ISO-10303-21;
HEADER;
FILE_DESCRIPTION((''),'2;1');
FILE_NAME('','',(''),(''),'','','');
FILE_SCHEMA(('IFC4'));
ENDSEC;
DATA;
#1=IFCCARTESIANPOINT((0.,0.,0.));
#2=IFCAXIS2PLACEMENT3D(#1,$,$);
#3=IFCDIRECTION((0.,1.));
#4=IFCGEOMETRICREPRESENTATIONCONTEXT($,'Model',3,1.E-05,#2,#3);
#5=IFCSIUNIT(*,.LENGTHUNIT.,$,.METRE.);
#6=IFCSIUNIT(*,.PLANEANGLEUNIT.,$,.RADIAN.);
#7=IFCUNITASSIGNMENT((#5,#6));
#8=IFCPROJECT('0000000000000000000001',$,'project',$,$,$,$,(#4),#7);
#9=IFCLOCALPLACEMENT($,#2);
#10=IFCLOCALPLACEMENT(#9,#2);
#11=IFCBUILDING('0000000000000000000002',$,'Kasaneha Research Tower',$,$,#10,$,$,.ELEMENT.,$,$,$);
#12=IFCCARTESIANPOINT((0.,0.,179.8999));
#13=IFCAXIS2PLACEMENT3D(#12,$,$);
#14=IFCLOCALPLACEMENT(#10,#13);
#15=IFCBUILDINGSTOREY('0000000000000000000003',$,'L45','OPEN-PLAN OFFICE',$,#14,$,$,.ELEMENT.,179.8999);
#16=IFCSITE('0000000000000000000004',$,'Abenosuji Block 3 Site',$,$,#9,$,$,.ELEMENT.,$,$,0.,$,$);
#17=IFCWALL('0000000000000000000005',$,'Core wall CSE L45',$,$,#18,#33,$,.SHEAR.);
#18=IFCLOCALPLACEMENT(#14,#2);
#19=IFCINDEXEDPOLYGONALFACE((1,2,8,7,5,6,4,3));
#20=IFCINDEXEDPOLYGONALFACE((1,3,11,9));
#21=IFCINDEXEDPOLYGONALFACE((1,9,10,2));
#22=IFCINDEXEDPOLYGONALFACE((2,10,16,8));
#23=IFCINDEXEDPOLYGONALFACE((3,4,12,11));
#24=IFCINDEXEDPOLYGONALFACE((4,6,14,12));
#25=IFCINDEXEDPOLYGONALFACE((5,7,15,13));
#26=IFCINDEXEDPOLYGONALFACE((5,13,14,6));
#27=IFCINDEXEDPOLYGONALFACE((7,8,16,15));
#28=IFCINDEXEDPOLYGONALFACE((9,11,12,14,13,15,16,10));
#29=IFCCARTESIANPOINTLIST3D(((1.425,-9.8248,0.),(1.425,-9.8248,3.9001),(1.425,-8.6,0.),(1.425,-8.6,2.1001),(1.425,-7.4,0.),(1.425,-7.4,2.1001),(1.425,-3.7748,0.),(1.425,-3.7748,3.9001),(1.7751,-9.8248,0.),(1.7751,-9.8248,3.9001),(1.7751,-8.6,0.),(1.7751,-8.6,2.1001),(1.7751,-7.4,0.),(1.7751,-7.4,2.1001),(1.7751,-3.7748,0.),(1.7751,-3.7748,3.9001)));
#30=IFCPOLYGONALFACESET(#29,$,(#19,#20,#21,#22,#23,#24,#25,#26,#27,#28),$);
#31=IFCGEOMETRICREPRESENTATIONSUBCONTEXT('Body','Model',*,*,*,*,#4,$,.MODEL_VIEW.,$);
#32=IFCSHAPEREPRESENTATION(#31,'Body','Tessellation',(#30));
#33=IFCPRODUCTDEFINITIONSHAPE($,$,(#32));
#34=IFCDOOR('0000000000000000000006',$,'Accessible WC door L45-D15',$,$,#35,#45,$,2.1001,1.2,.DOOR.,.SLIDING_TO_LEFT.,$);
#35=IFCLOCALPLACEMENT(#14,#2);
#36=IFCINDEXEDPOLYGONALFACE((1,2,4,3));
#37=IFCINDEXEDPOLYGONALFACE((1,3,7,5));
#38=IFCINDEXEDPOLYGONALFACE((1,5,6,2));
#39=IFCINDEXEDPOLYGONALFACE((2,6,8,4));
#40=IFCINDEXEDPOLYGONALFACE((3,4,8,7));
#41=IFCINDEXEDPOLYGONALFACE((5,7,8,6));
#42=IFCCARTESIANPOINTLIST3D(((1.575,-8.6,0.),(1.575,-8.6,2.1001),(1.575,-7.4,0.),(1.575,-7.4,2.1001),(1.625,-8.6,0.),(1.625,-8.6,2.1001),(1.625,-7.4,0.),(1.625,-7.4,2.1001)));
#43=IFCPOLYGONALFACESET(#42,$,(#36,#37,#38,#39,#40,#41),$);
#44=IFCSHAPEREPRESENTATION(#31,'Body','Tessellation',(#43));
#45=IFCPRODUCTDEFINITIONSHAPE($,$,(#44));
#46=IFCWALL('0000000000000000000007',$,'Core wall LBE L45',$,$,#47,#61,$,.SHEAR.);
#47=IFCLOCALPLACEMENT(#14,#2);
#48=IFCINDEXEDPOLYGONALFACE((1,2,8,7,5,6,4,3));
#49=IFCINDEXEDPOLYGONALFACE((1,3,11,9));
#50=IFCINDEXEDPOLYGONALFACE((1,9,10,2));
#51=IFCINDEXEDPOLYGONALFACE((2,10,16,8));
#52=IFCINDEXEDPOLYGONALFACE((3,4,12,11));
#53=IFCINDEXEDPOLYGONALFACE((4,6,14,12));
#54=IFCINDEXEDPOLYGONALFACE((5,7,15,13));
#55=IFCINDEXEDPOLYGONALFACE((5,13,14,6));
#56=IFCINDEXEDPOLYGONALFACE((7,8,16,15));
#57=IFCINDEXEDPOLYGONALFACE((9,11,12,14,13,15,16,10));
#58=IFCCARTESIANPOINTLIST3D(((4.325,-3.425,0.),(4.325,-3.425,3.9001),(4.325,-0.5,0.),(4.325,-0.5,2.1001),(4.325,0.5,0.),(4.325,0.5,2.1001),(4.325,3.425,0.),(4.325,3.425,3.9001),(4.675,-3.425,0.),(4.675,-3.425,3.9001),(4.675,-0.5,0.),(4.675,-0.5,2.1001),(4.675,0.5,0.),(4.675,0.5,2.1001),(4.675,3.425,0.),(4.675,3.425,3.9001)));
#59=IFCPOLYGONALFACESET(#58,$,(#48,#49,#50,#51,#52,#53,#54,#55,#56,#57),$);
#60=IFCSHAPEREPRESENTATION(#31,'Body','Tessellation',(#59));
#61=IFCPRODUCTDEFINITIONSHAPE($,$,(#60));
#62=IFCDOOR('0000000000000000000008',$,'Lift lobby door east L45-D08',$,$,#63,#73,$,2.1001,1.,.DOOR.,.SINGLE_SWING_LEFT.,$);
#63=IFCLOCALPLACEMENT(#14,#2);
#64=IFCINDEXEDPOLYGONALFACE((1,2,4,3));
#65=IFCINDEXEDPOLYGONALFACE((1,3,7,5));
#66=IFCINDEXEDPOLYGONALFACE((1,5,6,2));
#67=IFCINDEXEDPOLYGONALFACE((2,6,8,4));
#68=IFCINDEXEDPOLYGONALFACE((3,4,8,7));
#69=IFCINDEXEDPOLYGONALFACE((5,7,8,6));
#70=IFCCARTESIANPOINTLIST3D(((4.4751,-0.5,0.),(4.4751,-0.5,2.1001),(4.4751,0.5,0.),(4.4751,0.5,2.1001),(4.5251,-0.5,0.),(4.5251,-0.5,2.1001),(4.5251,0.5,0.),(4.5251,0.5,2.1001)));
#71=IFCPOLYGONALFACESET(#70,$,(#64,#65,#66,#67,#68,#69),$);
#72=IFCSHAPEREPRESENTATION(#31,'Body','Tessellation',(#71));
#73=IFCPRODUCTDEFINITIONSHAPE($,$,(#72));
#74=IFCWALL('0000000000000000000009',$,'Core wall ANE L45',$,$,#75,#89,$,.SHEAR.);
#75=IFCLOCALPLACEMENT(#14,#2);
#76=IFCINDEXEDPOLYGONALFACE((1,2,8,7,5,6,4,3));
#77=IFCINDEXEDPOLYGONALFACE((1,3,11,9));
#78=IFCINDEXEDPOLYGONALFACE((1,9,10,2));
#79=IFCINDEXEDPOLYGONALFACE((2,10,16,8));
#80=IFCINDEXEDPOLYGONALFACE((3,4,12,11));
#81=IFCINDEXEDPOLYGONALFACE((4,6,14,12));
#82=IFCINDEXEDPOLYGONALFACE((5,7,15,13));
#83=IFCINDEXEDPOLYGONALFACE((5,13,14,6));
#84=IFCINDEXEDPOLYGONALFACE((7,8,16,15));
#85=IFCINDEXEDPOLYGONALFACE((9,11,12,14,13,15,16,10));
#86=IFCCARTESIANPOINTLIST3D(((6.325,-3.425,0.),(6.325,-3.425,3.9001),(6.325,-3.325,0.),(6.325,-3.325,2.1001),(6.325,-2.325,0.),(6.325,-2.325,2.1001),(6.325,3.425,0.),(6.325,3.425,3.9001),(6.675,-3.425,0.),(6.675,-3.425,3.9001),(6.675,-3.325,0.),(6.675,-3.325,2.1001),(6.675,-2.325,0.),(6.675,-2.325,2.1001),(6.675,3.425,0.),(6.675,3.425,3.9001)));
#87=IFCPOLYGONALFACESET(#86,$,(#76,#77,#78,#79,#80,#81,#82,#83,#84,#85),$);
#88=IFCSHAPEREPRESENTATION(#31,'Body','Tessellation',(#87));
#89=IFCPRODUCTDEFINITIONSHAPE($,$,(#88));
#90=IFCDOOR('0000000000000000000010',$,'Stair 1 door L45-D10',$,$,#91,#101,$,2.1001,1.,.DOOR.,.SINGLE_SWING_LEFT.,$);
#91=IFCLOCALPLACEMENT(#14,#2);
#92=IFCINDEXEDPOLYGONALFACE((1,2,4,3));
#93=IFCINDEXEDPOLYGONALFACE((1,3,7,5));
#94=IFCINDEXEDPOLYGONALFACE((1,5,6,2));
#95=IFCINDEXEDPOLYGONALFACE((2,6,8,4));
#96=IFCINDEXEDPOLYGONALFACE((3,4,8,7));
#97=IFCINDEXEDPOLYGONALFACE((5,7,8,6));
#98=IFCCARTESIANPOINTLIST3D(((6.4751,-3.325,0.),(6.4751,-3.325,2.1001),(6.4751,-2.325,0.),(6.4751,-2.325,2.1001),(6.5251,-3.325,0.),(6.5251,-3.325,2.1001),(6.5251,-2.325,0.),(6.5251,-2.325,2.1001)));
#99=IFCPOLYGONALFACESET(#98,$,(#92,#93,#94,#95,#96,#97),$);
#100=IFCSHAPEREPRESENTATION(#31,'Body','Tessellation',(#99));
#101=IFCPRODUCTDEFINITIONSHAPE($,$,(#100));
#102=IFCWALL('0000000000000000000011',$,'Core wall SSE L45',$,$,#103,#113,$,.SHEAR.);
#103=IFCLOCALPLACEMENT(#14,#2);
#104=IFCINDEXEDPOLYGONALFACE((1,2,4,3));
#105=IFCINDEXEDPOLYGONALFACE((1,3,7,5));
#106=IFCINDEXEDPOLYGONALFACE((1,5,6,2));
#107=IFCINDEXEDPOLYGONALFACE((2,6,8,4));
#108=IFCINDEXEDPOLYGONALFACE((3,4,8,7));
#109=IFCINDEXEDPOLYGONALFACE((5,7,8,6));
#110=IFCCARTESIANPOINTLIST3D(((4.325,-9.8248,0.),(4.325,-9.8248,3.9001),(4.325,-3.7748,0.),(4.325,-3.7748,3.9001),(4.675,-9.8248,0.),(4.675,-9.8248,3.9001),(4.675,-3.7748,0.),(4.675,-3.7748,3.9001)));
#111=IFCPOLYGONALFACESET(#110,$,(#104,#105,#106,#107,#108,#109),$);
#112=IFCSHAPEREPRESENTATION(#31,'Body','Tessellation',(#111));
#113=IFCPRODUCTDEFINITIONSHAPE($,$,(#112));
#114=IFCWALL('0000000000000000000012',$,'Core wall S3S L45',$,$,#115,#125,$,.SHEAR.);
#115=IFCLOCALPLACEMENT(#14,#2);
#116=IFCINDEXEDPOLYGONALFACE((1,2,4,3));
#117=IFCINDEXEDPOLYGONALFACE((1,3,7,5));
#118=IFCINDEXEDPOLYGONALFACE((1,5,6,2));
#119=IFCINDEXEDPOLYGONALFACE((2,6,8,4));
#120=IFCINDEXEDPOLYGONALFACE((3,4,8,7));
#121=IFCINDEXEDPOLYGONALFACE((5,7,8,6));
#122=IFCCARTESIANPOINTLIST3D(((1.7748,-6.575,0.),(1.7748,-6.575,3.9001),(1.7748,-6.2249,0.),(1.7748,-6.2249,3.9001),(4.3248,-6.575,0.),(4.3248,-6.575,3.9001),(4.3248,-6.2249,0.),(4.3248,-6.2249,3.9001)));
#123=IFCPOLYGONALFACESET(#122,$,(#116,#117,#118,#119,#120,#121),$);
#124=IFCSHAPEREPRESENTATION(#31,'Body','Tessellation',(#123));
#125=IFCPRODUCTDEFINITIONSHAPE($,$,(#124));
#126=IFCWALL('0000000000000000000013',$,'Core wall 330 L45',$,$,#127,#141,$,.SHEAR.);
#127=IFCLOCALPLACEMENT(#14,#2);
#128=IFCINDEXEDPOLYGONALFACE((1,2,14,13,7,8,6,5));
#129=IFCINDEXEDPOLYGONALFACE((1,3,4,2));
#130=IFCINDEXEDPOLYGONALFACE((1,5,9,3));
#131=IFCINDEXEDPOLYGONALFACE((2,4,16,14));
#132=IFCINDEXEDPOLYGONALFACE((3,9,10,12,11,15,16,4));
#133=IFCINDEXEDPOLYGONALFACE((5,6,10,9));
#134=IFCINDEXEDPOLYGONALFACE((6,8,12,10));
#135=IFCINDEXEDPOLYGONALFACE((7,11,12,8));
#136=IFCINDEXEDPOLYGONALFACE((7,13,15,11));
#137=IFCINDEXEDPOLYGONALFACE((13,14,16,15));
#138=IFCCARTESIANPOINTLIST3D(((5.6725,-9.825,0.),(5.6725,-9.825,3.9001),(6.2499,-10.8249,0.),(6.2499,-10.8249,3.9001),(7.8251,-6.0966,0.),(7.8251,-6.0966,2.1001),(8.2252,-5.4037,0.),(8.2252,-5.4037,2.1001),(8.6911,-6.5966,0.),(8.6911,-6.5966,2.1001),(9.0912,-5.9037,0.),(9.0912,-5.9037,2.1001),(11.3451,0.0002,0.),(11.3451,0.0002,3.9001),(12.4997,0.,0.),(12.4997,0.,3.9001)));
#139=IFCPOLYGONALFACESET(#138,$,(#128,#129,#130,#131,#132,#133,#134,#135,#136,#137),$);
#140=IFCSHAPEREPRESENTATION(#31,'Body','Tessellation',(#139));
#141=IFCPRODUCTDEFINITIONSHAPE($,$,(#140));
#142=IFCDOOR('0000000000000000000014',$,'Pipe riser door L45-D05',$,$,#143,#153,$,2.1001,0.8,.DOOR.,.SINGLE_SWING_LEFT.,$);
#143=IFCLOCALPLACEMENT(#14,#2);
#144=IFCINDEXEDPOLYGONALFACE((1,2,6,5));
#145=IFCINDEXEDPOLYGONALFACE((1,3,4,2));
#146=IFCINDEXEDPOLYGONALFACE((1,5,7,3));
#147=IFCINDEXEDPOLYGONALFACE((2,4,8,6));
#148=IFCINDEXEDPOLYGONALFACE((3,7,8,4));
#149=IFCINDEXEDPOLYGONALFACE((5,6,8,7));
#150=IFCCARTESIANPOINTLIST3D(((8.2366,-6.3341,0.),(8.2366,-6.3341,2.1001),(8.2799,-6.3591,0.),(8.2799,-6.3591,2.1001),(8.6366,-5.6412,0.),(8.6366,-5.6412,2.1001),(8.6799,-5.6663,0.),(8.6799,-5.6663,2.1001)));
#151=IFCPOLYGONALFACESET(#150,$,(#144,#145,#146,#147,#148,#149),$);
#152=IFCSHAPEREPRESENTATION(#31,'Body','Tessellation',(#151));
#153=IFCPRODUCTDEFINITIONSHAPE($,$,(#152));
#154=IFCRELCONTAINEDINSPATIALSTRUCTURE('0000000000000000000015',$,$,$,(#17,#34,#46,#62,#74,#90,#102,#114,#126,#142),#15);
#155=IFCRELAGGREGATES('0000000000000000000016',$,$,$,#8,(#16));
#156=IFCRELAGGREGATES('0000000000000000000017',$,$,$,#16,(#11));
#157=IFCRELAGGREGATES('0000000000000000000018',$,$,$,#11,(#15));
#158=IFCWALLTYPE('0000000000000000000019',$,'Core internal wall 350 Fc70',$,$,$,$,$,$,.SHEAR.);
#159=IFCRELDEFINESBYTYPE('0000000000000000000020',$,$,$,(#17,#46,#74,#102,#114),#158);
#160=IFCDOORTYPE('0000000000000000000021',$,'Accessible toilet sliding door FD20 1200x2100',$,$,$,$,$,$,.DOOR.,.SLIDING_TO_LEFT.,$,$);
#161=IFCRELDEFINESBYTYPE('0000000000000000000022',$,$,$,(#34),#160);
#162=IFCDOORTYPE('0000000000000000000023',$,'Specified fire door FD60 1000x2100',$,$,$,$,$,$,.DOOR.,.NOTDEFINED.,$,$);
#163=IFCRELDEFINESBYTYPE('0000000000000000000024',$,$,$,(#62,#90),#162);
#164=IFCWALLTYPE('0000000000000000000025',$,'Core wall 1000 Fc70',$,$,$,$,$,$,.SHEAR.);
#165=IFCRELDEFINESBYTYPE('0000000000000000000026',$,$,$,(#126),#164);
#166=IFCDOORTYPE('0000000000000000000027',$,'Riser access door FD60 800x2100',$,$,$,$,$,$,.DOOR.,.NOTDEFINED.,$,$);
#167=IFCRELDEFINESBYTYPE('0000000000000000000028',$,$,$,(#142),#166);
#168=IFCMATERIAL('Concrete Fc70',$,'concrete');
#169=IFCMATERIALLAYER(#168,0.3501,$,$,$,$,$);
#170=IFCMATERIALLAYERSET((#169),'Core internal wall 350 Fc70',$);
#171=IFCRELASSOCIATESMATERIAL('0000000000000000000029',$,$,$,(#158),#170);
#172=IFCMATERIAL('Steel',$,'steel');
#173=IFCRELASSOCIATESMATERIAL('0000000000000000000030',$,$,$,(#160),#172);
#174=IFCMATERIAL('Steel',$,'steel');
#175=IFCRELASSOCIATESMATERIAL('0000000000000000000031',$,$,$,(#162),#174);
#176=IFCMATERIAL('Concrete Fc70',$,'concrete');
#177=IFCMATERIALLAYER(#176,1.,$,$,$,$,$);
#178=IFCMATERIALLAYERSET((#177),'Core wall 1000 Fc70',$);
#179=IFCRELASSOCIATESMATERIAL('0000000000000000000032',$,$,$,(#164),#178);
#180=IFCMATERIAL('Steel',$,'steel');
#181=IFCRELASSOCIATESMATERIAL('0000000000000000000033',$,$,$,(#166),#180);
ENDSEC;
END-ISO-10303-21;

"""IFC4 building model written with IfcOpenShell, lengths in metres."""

from ifc_helpers import new_model, si_unit, direction, frame, frame_2d, origin, place, context, subcontext, project, spatial, polyline, rectangle, outline, extrude, material, layer, layer_set, type_object, element, fill, save


model = new_model("IFC4")

# Units and contexts
model_context = context("Model", 3, precision=1e-05, world=origin(), true_north=direction((0.0, 1.0)))
body_context = subcontext(model_context, "Body", "Model", "MODEL_VIEW")
ifc_project = project(units=[si_unit("LENGTHUNIT", "METRE"), si_unit("PLANEANGLEUNIT", "RADIAN")], contexts=[model_context])

# Site, building, storey
site_placement = place(None, origin())
site = spatial("IfcSite", under=ifc_project, at=site_placement, Name="Abenosuji Block 3 Site", CompositionType="ELEMENT", RefElevation=0.0)
building_placement = place(site_placement, origin())
building = spatial("IfcBuilding", under=site, at=building_placement, Name="Kasaneha Research Tower", CompositionType="ELEMENT")
storey_placement = place(building_placement, frame((0.0, 0.0, 179.8999)))
storey = spatial("IfcBuildingStorey", under=building, at=storey_placement, Name="L45", Description="OPEN-PLAN OFFICE", CompositionType="ELEMENT", Elevation=179.8999)

# Walls, openings, doors
ifc_material_1 = material(Name="Concrete Fc70", Category="concrete")
ifc_layer_1 = layer(ifc_material_1, 0.3501)
ifc_layer_set_1 = layer_set([ifc_layer_1], Name="Core internal wall 350 Fc70")
wall_type_1 = type_object("IfcWallType", Name="Core internal wall 350 Fc70", PredefinedType="SHEAR", material=ifc_layer_set_1)
wall_1_placement = place(storey_placement, frame((1.6001, -3.7749, 0.0), z_axis=(0.0, 0.0, 1.0), x_axis=(0.0, -1.0, 0.0)))
wall_1 = element("IfcWall", 1, at=wall_1_placement, inside=storey, type_object=wall_type_1, Name="Core wall CSE L45", PredefinedType="SHEAR", context=body_context, shape_type="SweptSolid", body=[
    extrude(rectangle(XDim=6.05, YDim=0.3501, at=frame_2d((3.0249, 0.0))), origin(), (0.0, 0.0, 1.0), 3.9001),
])
opening_1_placement = place(wall_1_placement, frame((3.625, 0.0, 0.0)))
opening_1 = element("IfcOpeningElement", 2, at=opening_1_placement, cuts=wall_1, PredefinedType="OPENING", context=body_context, shape_type="SweptSolid", body=[
    extrude(rectangle(XDim=1.2, YDim=2.1001, at=frame_2d((0.6001, 1.05))), frame((0.0, 0.1851, 0.0), z_axis=(0.0, -1.0, 0.0), x_axis=(1.0, 0.0, 0.0)), (0.0, 0.0, 1.0), 0.3701),
])
ifc_material_2 = material(Name="Steel", Category="steel")
door_type_1 = type_object("IfcDoorType", Name="Accessible toilet sliding door FD20 1200x2100", OperationType="SLIDING_TO_LEFT", PredefinedType="DOOR", material=ifc_material_2)
door_1_placement = place(opening_1_placement, origin())
door_1 = element("IfcDoor", 3, at=door_1_placement, inside=storey, type_object=door_type_1, Name="Accessible WC door L45-D15", OperationType="SLIDING_TO_LEFT", OverallHeight=2.1001, OverallWidth=1.2, PredefinedType="DOOR", context=body_context, shape_type="SweptSolid", body=[
    extrude(rectangle(XDim=1.2, YDim=2.1001, at=frame_2d((0.6001, 1.05))), frame((0.0, 0.0249, 0.0), z_axis=(0.0, -1.0, 0.0), x_axis=(1.0, 0.0, 0.0)), (0.0, 0.0, 1.0), 0.05),
])
fill(opening_1, door_1)
wall_2_placement = place(storey_placement, frame((4.5, -3.425, 0.0), z_axis=(0.0, 0.0, 1.0), x_axis=(0.0, 1.0, 0.0)))
wall_2 = element("IfcWall", 4, at=wall_2_placement, inside=storey, type_object=wall_type_1, Name="Core wall LBE L45", PredefinedType="SHEAR", context=body_context, shape_type="SweptSolid", body=[
    extrude(rectangle(XDim=6.8501, YDim=0.3501, at=frame_2d((3.425, 0.0))), origin(), (0.0, 0.0, 1.0), 3.9001),
])
opening_2_placement = place(wall_2_placement, frame((2.925, 0.0, 0.0)))
opening_2 = element("IfcOpeningElement", 5, at=opening_2_placement, cuts=wall_2, PredefinedType="OPENING", context=body_context, shape_type="SweptSolid", body=[
    extrude(rectangle(XDim=1.0, YDim=2.1001, at=frame_2d((0.5, 1.05))), frame((0.0, 0.1851, 0.0), z_axis=(0.0, -1.0, 0.0), x_axis=(1.0, 0.0, 0.0)), (0.0, 0.0, 1.0), 0.3701),
])
ifc_material_3 = material(Name="Steel", Category="steel")
door_type_2 = type_object("IfcDoorType", Name="Specified fire door FD60 1000x2100", OperationType="NOTDEFINED", PredefinedType="DOOR", material=ifc_material_3)
door_2_placement = place(opening_2_placement, origin())
door_2 = element("IfcDoor", 6, at=door_2_placement, inside=storey, type_object=door_type_2, Name="Lift lobby door east L45-D08", OperationType="SINGLE_SWING_LEFT", OverallHeight=2.1001, OverallWidth=1.0, PredefinedType="DOOR", context=body_context, shape_type="SweptSolid", body=[
    extrude(rectangle(XDim=1.0, YDim=2.1001, at=frame_2d((0.5, 1.05))), frame((0.0, 0.0249, 0.0), z_axis=(0.0, -1.0, 0.0), x_axis=(1.0, 0.0, 0.0)), (0.0, 0.0, 1.0), 0.05),
])
fill(opening_2, door_2)
wall_3_placement = place(storey_placement, frame((6.5, -3.425, 0.0), z_axis=(0.0, 0.0, 1.0), x_axis=(0.0, 1.0, 0.0)))
wall_3 = element("IfcWall", 7, at=wall_3_placement, inside=storey, type_object=wall_type_1, Name="Core wall ANE L45", PredefinedType="SHEAR", context=body_context, shape_type="SweptSolid", body=[
    extrude(rectangle(XDim=6.8501, YDim=0.3501, at=frame_2d((3.425, 0.0))), origin(), (0.0, 0.0, 1.0), 3.9001),
])
opening_3_placement = place(wall_3_placement, frame((0.1001, 0.0, 0.0)))
opening_3 = element("IfcOpeningElement", 8, at=opening_3_placement, cuts=wall_3, PredefinedType="OPENING", context=body_context, shape_type="SweptSolid", body=[
    extrude(rectangle(XDim=1.0, YDim=2.1001, at=frame_2d((0.5, 1.05))), frame((0.0, 0.1851, 0.0), z_axis=(0.0, -1.0, 0.0), x_axis=(1.0, 0.0, 0.0)), (0.0, 0.0, 1.0), 0.3701),
])
door_3_placement = place(opening_3_placement, origin())
door_3 = element("IfcDoor", 9, at=door_3_placement, inside=storey, type_object=door_type_2, Name="Stair 1 door L45-D10", OperationType="SINGLE_SWING_LEFT", OverallHeight=2.1001, OverallWidth=1.0, PredefinedType="DOOR", context=body_context, shape_type="SweptSolid", body=[
    extrude(rectangle(XDim=1.0, YDim=2.1001, at=frame_2d((0.5, 1.05))), frame((0.0, 0.0249, 0.0), z_axis=(0.0, -1.0, 0.0), x_axis=(1.0, 0.0, 0.0)), (0.0, 0.0, 1.0), 0.05),
])
fill(opening_3, door_3)

# Walls
wall_4_placement = place(storey_placement, frame((4.5, -3.7749, 0.0), z_axis=(0.0, 0.0, 1.0), x_axis=(0.0, -1.0, 0.0)))
element("IfcWall", 10, at=wall_4_placement, inside=storey, type_object=wall_type_1, Name="Core wall SSE L45", PredefinedType="SHEAR", context=body_context, shape_type="SweptSolid", body=[
    extrude(rectangle(XDim=6.05, YDim=0.3501, at=frame_2d((3.0249, 0.0))), origin(), (0.0, 0.0, 1.0), 3.9001),
])
wall_5_placement = place(storey_placement, frame((1.7749, -6.3999, 0.0), z_axis=(0.0, 0.0, 1.0), x_axis=(1.0, 0.0, 0.0)))
element("IfcWall", 11, at=wall_5_placement, inside=storey, type_object=wall_type_1, Name="Core wall S3S L45", PredefinedType="SHEAR", context=body_context, shape_type="SweptSolid", body=[
    extrude(rectangle(XDim=2.55, YDim=0.3501, at=frame_2d((1.2749, 0.0))), origin(), (0.0, 0.0, 1.0), 3.9001),
])

# Wall, opening, door
ifc_material_4 = material(Name="Concrete Fc70", Category="concrete")
ifc_layer_2 = layer(ifc_material_4, 1.0)
ifc_layer_set_2 = layer_set([ifc_layer_2], Name="Core wall 1000 Fc70")
wall_type_2 = type_object("IfcWallType", Name="Core wall 1000 Fc70", PredefinedType="SHEAR", material=ifc_layer_set_2)
wall_6_placement = place(storey_placement, frame((5.9612, -10.325, 0.0), z_axis=(0.0, 0.0, 1.0), x_axis=(0.500004, 0.866023, 0.0)))
wall_6 = element("IfcWall", 12, at=wall_6_placement, inside=storey, type_object=wall_type_2, Name="Core wall 330 L45", PredefinedType="SHEAR", context=body_context, shape_type="SweptSolid", body=[
    extrude(outline(polyline([(-0.2886, -0.5), (4.594, -0.5), (5.394, -0.5), (12.2109, -0.5), (11.6338, 0.5), (5.394, 0.5), (4.594, 0.5), (0.2886, 0.5), (-0.2886, -0.5)])), origin(), (0.0, 0.0, 1.0), 3.9001),
])
opening_4_placement = place(wall_6_placement, frame((4.594, 0.0, 0.0)))
opening_4 = element("IfcOpeningElement", 13, at=opening_4_placement, cuts=wall_6, PredefinedType="OPENING", context=body_context, shape_type="SweptSolid", body=[
    extrude(rectangle(XDim=0.8, YDim=2.1001, at=frame_2d((0.3999, 1.05))), frame((0.0, 0.51, 0.0), z_axis=(0.0, -1.0, 0.0), x_axis=(1.0, 0.0, 0.0)), (0.0, 0.0, 1.0), 1.02),
])
ifc_material_5 = material(Name="Steel", Category="steel")
door_type_3 = type_object("IfcDoorType", Name="Riser access door FD60 800x2100", OperationType="NOTDEFINED", PredefinedType="DOOR", material=ifc_material_5)
door_4_placement = place(opening_4_placement, origin())
door_4 = element("IfcDoor", 14, at=door_4_placement, inside=storey, type_object=door_type_3, Name="Pipe riser door L45-D05", OperationType="SINGLE_SWING_LEFT", OverallHeight=2.1001, OverallWidth=0.8, PredefinedType="DOOR", context=body_context, shape_type="SweptSolid", body=[
    extrude(rectangle(XDim=0.8, YDim=2.1001, at=frame_2d((0.3999, 1.05))), frame((0.0, 0.0249, 0.0), z_axis=(0.0, -1.0, 0.0), x_axis=(1.0, 0.0, 0.0)), (0.0, 0.0, 1.0), 0.05),
])
fill(opening_4, door_4)

save(model, "model.ifc")
